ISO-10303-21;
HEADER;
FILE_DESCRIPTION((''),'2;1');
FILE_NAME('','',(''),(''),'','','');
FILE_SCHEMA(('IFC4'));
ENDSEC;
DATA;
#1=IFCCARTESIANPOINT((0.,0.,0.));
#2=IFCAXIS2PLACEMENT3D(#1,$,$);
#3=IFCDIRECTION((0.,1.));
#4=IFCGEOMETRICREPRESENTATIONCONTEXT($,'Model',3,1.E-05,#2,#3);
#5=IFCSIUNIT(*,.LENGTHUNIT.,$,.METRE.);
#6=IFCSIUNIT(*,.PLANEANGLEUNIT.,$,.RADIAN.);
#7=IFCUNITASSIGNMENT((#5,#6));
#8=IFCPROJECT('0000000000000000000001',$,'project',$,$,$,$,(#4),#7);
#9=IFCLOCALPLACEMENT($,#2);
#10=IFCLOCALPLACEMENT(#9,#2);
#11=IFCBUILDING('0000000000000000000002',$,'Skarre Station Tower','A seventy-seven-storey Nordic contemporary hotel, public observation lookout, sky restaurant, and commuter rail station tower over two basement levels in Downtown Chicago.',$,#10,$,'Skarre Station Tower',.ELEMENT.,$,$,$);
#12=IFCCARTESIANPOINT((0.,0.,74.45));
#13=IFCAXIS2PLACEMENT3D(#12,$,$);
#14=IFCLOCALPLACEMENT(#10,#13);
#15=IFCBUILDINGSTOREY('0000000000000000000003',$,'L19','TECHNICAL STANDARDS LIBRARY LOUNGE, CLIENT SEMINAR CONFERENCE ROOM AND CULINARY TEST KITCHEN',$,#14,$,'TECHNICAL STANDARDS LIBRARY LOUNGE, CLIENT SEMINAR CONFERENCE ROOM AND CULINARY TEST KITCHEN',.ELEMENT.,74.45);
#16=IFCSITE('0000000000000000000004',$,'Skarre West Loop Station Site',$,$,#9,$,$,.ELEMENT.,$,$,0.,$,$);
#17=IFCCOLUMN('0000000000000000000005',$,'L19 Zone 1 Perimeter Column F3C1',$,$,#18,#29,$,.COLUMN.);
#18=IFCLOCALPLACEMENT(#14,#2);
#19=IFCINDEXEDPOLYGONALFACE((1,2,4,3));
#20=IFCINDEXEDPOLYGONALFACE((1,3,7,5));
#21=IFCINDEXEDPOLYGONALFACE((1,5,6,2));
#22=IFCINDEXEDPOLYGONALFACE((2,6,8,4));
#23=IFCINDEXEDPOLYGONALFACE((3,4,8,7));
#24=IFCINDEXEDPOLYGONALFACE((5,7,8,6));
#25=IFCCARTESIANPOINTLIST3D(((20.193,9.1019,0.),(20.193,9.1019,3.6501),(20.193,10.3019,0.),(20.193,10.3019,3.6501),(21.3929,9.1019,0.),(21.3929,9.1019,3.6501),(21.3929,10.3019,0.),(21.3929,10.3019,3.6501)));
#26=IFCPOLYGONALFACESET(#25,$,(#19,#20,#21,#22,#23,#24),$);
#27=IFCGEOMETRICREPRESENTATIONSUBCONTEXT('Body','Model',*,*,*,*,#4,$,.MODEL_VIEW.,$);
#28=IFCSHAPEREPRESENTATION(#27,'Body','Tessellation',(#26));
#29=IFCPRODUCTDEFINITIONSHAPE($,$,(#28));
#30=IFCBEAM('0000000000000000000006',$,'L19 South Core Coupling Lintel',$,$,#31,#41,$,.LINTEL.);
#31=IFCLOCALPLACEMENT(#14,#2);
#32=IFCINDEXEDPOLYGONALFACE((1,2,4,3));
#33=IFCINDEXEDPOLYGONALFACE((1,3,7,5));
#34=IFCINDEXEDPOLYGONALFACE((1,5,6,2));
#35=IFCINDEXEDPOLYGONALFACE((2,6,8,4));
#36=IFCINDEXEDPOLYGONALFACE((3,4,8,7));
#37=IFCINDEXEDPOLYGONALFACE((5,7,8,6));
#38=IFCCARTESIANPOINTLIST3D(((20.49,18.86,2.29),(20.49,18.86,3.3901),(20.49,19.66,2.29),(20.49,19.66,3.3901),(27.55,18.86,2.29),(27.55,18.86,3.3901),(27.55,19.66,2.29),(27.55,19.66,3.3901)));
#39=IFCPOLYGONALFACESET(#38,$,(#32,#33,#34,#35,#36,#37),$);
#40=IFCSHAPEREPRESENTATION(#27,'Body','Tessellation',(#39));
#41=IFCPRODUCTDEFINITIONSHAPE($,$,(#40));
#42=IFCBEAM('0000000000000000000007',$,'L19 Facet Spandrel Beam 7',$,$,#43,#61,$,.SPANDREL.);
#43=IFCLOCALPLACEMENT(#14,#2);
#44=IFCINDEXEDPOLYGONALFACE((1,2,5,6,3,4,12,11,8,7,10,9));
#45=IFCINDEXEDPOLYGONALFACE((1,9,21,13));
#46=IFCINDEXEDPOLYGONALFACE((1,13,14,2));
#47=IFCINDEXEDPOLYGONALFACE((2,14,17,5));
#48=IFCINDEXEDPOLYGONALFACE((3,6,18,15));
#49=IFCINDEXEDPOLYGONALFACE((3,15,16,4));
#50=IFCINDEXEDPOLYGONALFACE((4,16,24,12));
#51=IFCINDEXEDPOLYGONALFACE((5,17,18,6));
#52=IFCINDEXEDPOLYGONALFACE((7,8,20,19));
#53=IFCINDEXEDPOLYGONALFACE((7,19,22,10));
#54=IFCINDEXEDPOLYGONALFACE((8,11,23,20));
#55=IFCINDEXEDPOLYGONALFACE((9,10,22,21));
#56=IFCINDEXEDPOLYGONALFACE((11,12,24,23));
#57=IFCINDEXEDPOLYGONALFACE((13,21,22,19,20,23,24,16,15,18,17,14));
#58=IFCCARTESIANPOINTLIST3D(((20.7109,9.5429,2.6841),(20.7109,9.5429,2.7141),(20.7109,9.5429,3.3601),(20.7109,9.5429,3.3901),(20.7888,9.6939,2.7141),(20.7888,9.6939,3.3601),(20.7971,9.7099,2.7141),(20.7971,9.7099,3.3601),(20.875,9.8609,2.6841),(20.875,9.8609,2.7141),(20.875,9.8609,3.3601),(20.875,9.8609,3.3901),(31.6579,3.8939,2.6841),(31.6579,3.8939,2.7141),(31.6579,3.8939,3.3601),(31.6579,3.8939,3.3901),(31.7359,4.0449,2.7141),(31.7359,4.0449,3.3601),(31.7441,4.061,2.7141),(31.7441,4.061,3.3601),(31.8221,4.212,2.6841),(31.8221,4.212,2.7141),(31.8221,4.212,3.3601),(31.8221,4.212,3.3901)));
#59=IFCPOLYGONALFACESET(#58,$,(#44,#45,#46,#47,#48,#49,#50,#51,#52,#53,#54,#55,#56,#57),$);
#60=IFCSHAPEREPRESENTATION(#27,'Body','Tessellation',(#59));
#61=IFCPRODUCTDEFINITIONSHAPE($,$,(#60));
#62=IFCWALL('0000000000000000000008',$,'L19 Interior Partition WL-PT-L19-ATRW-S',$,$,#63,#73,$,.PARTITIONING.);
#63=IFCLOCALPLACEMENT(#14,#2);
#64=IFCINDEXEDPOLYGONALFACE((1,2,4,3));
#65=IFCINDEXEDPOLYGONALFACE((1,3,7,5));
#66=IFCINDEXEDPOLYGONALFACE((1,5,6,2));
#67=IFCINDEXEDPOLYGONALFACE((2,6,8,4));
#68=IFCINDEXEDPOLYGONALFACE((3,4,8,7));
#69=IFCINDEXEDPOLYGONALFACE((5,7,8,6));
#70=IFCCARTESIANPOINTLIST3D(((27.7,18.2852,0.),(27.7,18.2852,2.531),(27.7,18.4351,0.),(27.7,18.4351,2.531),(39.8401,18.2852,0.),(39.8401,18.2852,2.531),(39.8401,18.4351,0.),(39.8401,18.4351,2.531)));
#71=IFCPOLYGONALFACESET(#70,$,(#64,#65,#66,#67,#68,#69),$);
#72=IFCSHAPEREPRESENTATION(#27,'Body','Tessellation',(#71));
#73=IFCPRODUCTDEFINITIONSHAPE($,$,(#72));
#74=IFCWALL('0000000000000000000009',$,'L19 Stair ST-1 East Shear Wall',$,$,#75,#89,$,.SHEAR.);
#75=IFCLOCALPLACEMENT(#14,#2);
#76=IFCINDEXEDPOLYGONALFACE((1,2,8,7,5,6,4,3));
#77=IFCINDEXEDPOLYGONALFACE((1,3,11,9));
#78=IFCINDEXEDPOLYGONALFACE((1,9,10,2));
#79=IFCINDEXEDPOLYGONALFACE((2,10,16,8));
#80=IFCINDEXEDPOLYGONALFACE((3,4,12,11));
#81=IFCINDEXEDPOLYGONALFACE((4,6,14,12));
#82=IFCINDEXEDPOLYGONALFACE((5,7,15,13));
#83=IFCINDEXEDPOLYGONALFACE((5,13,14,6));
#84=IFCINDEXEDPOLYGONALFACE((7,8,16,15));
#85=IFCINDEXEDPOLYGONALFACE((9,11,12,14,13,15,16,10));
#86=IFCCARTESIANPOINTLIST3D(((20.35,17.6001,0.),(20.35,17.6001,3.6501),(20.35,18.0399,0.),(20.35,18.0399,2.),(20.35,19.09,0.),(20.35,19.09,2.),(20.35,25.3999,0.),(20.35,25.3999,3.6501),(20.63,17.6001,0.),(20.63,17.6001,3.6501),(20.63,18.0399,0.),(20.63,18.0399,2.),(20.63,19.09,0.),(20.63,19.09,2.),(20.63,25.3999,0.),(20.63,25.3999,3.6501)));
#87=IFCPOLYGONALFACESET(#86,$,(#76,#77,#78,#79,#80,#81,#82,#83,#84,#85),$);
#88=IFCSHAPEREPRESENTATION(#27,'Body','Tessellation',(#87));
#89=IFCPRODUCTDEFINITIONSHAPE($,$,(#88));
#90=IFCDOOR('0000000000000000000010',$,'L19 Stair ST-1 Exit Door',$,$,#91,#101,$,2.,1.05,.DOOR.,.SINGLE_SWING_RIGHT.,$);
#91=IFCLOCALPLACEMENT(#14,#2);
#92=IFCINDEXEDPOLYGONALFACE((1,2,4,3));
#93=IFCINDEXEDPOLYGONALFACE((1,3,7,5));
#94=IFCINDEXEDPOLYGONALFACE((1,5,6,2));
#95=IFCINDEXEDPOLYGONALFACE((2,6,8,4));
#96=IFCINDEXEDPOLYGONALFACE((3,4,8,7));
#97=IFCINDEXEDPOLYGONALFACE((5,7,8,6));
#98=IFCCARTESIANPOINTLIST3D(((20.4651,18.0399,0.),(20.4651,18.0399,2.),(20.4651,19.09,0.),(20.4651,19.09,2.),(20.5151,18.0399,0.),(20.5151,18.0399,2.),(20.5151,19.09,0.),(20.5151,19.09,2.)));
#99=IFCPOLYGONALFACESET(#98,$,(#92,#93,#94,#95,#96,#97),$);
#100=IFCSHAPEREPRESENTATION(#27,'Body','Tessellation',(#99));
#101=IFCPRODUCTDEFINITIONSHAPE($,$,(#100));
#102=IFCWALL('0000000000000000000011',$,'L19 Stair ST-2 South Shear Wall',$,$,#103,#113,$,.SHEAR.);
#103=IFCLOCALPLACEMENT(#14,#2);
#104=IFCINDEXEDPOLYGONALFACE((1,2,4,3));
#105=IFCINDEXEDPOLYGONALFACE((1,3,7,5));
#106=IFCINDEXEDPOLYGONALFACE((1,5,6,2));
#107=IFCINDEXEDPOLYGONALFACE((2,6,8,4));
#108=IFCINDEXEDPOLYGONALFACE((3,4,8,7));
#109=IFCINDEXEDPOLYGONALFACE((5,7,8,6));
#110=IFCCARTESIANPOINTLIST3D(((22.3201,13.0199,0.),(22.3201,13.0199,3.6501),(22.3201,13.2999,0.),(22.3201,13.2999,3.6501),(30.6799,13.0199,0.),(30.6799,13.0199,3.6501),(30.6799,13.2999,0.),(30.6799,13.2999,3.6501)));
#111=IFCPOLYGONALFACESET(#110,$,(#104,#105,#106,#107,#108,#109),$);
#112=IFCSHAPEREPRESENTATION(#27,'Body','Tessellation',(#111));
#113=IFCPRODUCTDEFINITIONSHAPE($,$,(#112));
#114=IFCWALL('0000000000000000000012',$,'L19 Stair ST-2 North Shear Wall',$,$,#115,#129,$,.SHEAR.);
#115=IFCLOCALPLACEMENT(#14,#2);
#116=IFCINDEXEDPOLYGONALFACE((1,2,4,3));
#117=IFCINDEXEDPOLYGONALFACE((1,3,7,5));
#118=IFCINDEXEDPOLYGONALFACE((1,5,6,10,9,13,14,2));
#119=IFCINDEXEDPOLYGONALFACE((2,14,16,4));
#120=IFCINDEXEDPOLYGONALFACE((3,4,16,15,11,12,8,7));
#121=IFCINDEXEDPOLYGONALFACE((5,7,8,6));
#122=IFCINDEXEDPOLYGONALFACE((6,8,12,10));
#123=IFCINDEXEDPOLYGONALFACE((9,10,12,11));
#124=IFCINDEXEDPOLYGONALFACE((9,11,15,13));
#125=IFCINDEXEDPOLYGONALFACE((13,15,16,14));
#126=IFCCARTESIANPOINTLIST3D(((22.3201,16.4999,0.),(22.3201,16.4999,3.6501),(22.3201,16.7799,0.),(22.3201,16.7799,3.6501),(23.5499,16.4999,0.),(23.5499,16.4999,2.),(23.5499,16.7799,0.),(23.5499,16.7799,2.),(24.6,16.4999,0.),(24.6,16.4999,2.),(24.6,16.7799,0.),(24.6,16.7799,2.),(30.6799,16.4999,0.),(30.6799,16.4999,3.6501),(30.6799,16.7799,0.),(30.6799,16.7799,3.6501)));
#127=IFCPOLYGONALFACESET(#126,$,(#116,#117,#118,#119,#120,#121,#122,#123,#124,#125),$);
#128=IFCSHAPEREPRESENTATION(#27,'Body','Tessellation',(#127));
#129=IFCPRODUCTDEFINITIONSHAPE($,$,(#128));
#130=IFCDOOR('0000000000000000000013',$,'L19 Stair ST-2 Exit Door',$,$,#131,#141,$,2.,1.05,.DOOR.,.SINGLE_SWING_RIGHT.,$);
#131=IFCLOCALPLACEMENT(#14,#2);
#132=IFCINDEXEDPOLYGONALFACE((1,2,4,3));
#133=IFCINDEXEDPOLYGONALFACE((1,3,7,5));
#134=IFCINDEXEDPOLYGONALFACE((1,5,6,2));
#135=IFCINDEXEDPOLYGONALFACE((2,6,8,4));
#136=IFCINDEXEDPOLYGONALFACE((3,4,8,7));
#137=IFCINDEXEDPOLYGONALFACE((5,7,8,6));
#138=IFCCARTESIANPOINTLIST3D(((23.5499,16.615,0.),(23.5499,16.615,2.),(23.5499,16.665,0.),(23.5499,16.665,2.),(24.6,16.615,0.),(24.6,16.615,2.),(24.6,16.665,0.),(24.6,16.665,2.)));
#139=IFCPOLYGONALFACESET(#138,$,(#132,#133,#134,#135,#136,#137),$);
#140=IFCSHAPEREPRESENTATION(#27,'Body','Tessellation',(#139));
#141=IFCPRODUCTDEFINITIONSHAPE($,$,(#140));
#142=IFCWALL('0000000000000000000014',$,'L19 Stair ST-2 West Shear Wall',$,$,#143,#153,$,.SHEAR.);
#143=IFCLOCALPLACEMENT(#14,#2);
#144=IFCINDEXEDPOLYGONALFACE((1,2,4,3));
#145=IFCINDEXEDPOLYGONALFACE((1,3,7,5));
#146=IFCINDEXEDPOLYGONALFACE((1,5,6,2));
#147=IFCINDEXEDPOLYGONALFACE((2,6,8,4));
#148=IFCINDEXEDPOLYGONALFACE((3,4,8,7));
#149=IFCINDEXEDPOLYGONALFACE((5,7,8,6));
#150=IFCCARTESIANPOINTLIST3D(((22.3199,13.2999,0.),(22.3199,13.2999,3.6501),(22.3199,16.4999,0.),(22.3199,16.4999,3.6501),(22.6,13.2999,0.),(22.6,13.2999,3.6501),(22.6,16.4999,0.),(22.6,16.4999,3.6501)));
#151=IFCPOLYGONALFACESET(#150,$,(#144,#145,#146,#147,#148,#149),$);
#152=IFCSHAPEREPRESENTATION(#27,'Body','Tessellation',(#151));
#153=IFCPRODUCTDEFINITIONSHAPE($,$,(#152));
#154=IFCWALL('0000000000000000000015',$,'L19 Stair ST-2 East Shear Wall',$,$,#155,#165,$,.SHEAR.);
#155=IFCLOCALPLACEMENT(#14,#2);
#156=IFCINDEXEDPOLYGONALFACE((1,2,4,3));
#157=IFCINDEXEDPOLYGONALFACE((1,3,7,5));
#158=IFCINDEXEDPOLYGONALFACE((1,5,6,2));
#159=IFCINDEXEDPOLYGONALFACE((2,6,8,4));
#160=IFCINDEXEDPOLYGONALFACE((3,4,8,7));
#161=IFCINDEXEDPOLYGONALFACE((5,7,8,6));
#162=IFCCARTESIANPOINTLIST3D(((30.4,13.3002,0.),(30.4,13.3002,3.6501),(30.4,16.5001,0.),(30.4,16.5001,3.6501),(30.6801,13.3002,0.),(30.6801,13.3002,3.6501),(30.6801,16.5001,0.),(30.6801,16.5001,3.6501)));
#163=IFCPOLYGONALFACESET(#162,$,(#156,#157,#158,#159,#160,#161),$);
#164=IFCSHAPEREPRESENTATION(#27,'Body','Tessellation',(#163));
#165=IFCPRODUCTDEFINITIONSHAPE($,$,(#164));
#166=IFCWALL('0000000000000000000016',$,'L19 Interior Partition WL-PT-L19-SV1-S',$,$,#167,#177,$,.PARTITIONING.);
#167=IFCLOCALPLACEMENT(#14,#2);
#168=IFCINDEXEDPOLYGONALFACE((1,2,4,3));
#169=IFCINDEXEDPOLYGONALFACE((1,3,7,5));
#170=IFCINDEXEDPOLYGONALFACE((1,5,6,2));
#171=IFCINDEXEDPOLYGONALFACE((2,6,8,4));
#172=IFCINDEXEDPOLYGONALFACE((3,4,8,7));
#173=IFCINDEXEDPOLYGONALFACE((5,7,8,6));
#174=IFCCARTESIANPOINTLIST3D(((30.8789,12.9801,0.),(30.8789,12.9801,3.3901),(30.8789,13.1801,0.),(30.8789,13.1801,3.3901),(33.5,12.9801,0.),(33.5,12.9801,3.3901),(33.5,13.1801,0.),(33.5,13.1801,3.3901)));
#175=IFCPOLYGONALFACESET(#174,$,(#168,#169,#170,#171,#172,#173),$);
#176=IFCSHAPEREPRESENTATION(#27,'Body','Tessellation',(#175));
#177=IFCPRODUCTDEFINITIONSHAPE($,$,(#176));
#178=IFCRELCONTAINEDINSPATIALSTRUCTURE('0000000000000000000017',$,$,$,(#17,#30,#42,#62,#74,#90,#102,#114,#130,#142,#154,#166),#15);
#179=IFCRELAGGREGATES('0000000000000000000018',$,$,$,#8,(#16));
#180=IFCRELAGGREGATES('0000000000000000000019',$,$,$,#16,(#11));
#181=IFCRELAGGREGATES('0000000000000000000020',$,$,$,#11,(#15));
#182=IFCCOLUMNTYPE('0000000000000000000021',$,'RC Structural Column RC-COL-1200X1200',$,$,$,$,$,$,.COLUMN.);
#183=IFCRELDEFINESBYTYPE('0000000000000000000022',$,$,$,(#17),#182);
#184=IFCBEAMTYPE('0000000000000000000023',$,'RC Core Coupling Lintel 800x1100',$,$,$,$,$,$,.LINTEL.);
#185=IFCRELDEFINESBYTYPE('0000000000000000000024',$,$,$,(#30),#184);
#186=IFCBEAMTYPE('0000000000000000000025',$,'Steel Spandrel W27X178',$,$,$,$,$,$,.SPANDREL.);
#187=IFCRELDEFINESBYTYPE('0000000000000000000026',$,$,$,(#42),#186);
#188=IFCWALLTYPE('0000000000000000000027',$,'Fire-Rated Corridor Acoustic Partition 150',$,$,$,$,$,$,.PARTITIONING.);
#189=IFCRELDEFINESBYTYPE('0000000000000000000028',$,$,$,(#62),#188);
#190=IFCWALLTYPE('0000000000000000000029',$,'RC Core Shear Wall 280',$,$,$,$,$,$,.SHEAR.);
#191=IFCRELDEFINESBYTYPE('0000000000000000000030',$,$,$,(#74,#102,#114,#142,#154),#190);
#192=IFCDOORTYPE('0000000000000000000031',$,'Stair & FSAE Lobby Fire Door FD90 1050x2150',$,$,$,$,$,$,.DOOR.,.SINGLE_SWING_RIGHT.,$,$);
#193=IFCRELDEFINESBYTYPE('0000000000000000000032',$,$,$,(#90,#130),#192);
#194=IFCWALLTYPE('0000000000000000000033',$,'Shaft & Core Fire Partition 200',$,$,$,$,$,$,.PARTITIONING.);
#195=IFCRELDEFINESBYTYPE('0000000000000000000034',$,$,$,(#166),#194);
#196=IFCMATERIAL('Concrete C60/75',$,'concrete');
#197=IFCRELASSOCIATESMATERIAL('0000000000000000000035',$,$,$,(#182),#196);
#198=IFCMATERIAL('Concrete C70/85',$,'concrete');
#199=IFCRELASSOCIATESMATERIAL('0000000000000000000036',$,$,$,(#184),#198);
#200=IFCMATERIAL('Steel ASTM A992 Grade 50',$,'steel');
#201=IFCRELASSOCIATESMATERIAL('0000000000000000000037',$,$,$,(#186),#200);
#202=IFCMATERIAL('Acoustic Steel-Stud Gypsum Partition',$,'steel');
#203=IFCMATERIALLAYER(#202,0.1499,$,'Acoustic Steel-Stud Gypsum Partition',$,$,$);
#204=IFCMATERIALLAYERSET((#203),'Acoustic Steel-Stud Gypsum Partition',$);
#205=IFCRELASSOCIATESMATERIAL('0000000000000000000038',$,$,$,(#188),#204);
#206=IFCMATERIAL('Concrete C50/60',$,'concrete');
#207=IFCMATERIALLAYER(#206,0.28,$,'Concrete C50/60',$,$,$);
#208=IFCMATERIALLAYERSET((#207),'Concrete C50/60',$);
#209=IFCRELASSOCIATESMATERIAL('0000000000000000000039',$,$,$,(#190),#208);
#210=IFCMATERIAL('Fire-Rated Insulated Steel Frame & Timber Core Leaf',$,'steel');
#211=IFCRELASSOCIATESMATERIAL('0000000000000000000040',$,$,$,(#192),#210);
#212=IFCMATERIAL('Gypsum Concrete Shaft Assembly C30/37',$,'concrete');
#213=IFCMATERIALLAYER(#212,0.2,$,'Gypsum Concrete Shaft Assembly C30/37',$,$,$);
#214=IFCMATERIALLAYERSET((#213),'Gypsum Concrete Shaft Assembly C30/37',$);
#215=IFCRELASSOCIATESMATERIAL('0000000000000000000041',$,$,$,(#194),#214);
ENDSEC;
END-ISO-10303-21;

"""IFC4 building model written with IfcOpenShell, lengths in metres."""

from ifc_helpers import new_model, si_unit, direction, frame, frame_2d, origin, origin_2d, place, context, subcontext, project, spatial, rectangle, i_section, extrude, material, layer, layer_set, material_profile, profile_set, type_object, element, fill, save


model = new_model("IFC4")

# Units and contexts
model_context = context("Model", 3, precision=1e-05, world=origin(), true_north=direction((0.0, 1.0)))
body_context = subcontext(model_context, "Body", "Model", "MODEL_VIEW")
ifc_project = project(units=[si_unit("LENGTHUNIT", "METRE"), si_unit("PLANEANGLEUNIT", "RADIAN")], contexts=[model_context])

# Site, building, storey
site_placement = place(None, origin())
site = spatial("IfcSite", under=ifc_project, at=site_placement, Name="Skarre West Loop Station Site", CompositionType="ELEMENT", RefElevation=0.0)
building_placement = place(site_placement, origin())
building = spatial("IfcBuilding", under=site, at=building_placement, Name="Skarre Station Tower", Description="A seventy-seven-storey Nordic contemporary hotel, public observation lookout, sky restaurant, and commuter rail station tower over two basement levels in Downtown Chicago.", LongName="Skarre Station Tower", CompositionType="ELEMENT")
storey_placement = place(building_placement, frame((0.0, 0.0, 74.45)))
storey = spatial("IfcBuildingStorey", under=building, at=storey_placement, Name="L19", Description="TECHNICAL STANDARDS LIBRARY LOUNGE, CLIENT SEMINAR CONFERENCE ROOM AND CULINARY TEST KITCHEN", LongName="TECHNICAL STANDARDS LIBRARY LOUNGE, CLIENT SEMINAR CONFERENCE ROOM AND CULINARY TEST KITCHEN", CompositionType="ELEMENT", Elevation=74.45)

# Column
ifc_material_1 = material(Name="Concrete C60/75", Category="concrete")
ifc_material_profile_1 = material_profile(ifc_material_1, rectangle(XDim=1.2, YDim=1.2, at=origin_2d()), Name="Concrete C60/75")
ifc_profile_set_1 = profile_set([ifc_material_profile_1], Name="Concrete C60/75")
column_type = type_object("IfcColumnType", Name="RC Structural Column RC-COL-1200X1200", PredefinedType="COLUMN", material=ifc_profile_set_1)
column_placement = place(storey_placement, frame((20.793, 9.7019, 0.0), z_axis=(0.0, 0.0, 1.0), x_axis=(1.0, 0.0, 0.0)))
element("IfcColumn", 1, at=column_placement, inside=storey, type_object=column_type, Name="L19 Zone 1 Perimeter Column F3C1", PredefinedType="COLUMN", context=body_context, shape_type="SweptSolid", body=[
    extrude(rectangle(XDim=1.2, YDim=1.2, at=origin_2d()), origin(), (0.0, 0.0, 1.0), 3.6501),
])

# Beams
ifc_material_2 = material(Name="Concrete C70/85", Category="concrete")
ifc_material_profile_2 = material_profile(ifc_material_2, rectangle(XDim=0.8, YDim=1.1001, at=origin_2d()), Name="Concrete C70/85")
ifc_profile_set_2 = profile_set([ifc_material_profile_2], Name="Concrete C70/85")
beam_type_1 = type_object("IfcBeamType", Name="RC Core Coupling Lintel 800x1100", PredefinedType="LINTEL", material=ifc_profile_set_2)
beam_1_placement = place(storey_placement, frame((20.49, 19.26, 2.8401), z_axis=(1.0, 0.0, 0.0), x_axis=(0.0, 1.0, 0.0)))
element("IfcBeam", 2, at=beam_1_placement, inside=storey, type_object=beam_type_1, Name="L19 South Core Coupling Lintel", PredefinedType="LINTEL", context=body_context, shape_type="SweptSolid", body=[
    extrude(rectangle(XDim=0.8, YDim=1.1001, at=origin_2d()), origin(), (0.0, 0.0, 1.0), 7.0601),
])
ifc_material_3 = material(Name="Steel ASTM A992 Grade 50", Category="steel")
ifc_material_profile_3 = material_profile(ifc_material_3, i_section(OverallWidth=0.3579, OverallDepth=0.7061, WebThickness=0.0181, FlangeThickness=0.03, at=origin_2d()), Name="Steel ASTM A992 Grade 50")
ifc_profile_set_3 = profile_set([ifc_material_profile_3], Name="Steel ASTM A992 Grade 50")
beam_type_2 = type_object("IfcBeamType", Name="Steel Spandrel W27X178", PredefinedType="SPANDREL", material=ifc_profile_set_3)
beam_2_placement = place(storey_placement, frame((20.793, 9.7019, 3.0371), z_axis=(0.888659, -0.458569, 0.0), x_axis=(0.458569, 0.888659, 0.0)))
element("IfcBeam", 3, at=beam_2_placement, inside=storey, type_object=beam_type_2, Name="L19 Facet Spandrel Beam 7", PredefinedType="SPANDREL", context=body_context, shape_type="SweptSolid", body=[
    extrude(i_section(OverallWidth=0.3579, OverallDepth=0.7061, WebThickness=0.0181, FlangeThickness=0.03, at=origin_2d()), origin(), (0.0, 0.0, 1.0), 12.3186),
])

# Wall
ifc_material_4 = material(Name="Acoustic Steel-Stud Gypsum Partition", Category="steel")
ifc_layer_1 = layer(ifc_material_4, 0.1499, Name="Acoustic Steel-Stud Gypsum Partition")
ifc_layer_set_1 = layer_set([ifc_layer_1], Name="Acoustic Steel-Stud Gypsum Partition")
wall_type_1 = type_object("IfcWallType", Name="Fire-Rated Corridor Acoustic Partition 150", PredefinedType="PARTITIONING", material=ifc_layer_set_1)
wall_1_placement = place(storey_placement, frame((27.7, 18.3601, 0.0), z_axis=(0.0, 0.0, 1.0), x_axis=(1.0, 0.0, 0.0)))
element("IfcWall", 4, at=wall_1_placement, inside=storey, type_object=wall_type_1, Name="L19 Interior Partition WL-PT-L19-ATRW-S", PredefinedType="PARTITIONING", context=body_context, shape_type="SweptSolid", body=[
    extrude(rectangle(XDim=12.1401, YDim=0.1499, at=frame_2d((6.0701, 0.0))), origin(), (0.0, 0.0, 1.0), 2.531),
])

# Wall, opening, door
ifc_material_5 = material(Name="Concrete C50/60", Category="concrete")
ifc_layer_2 = layer(ifc_material_5, 0.28, Name="Concrete C50/60")
ifc_layer_set_2 = layer_set([ifc_layer_2], Name="Concrete C50/60")
wall_type_2 = type_object("IfcWallType", Name="RC Core Shear Wall 280", PredefinedType="SHEAR", material=ifc_layer_set_2)
wall_2_placement = place(storey_placement, frame((20.49, 17.6001, 0.0), z_axis=(0.0, 0.0, 1.0), x_axis=(0.0, 1.0, 0.0)))
wall_2 = element("IfcWall", 5, at=wall_2_placement, inside=storey, type_object=wall_type_2, Name="L19 Stair ST-1 East Shear Wall", PredefinedType="SHEAR", context=body_context, shape_type="SweptSolid", body=[
    extrude(rectangle(XDim=7.7998, YDim=0.28, at=frame_2d((3.8999, 0.0))), origin(), (0.0, 0.0, 1.0), 3.6501),
])
opening_1_placement = place(wall_2_placement, frame((0.4399, 0.0, 0.0)))
opening_1 = element("IfcOpeningElement", 6, at=opening_1_placement, cuts=wall_2, PredefinedType="OPENING", context=body_context, shape_type="SweptSolid", body=[
    extrude(rectangle(XDim=1.05, YDim=2.0, at=frame_2d((0.5249, 1.0))), frame((0.0, 0.1499, 0.0), z_axis=(0.0, -1.0, 0.0), x_axis=(1.0, 0.0, 0.0)), (0.0, 0.0, 1.0), 0.3),
])
ifc_material_6 = material(Name="Fire-Rated Insulated Steel Frame & Timber Core Leaf", Category="steel")
door_type = type_object("IfcDoorType", Name="Stair & FSAE Lobby Fire Door FD90 1050x2150", OperationType="SINGLE_SWING_RIGHT", PredefinedType="DOOR", material=ifc_material_6)
door_1_placement = place(opening_1_placement, origin())
door_1 = element("IfcDoor", 7, at=door_1_placement, inside=storey, type_object=door_type, Name="L19 Stair ST-1 Exit Door", OperationType="SINGLE_SWING_RIGHT", OverallHeight=2.0, OverallWidth=1.05, PredefinedType="DOOR", context=body_context, shape_type="SweptSolid", body=[
    extrude(rectangle(XDim=1.05, YDim=2.0, at=frame_2d((0.5249, 1.0))), frame((0.0, 0.0249, 0.0), z_axis=(0.0, -1.0, 0.0), x_axis=(1.0, 0.0, 0.0)), (0.0, 0.0, 1.0), 0.05),
])
fill(opening_1, door_1)

# Wall
wall_3_placement = place(storey_placement, frame((22.3201, 13.1599, 0.0), z_axis=(0.0, 0.0, 1.0), x_axis=(1.0, 0.0, 0.0)))
element("IfcWall", 8, at=wall_3_placement, inside=storey, type_object=wall_type_2, Name="L19 Stair ST-2 South Shear Wall", PredefinedType="SHEAR", context=body_context, shape_type="SweptSolid", body=[
    extrude(rectangle(XDim=8.3599, YDim=0.28, at=frame_2d((4.1799, 0.0))), origin(), (0.0, 0.0, 1.0), 3.6501),
])

# Wall, opening, door
wall_4_placement = place(storey_placement, frame((30.6799, 16.6399, 0.0), z_axis=(0.0, 0.0, 1.0), x_axis=(-1.0, 0.0, 0.0)))
wall_4 = element("IfcWall", 9, at=wall_4_placement, inside=storey, type_object=wall_type_2, Name="L19 Stair ST-2 North Shear Wall", PredefinedType="SHEAR", context=body_context, shape_type="SweptSolid", body=[
    extrude(rectangle(XDim=8.3599, YDim=0.28, at=frame_2d((4.1799, 0.0))), origin(), (0.0, 0.0, 1.0), 3.6501),
])
opening_2_placement = place(wall_4_placement, frame((6.0801, 0.0, 0.0)))
opening_2 = element("IfcOpeningElement", 10, at=opening_2_placement, cuts=wall_4, PredefinedType="OPENING", context=body_context, shape_type="SweptSolid", body=[
    extrude(rectangle(XDim=1.05, YDim=2.0, at=frame_2d((0.5249, 1.0))), frame((0.0, 0.1499, 0.0), z_axis=(0.0, -1.0, 0.0), x_axis=(1.0, 0.0, 0.0)), (0.0, 0.0, 1.0), 0.3),
])
door_2_placement = place(opening_2_placement, origin())
door_2 = element("IfcDoor", 11, at=door_2_placement, inside=storey, type_object=door_type, Name="L19 Stair ST-2 Exit Door", OperationType="SINGLE_SWING_RIGHT", OverallHeight=2.0, OverallWidth=1.05, PredefinedType="DOOR", context=body_context, shape_type="SweptSolid", body=[
    extrude(rectangle(XDim=1.05, YDim=2.0, at=frame_2d((0.5249, 1.0))), frame((0.0, 0.0249, 0.0), z_axis=(0.0, -1.0, 0.0), x_axis=(1.0, 0.0, 0.0)), (0.0, 0.0, 1.0), 0.05),
])
fill(opening_2, door_2)

# Walls
for number, where, z_axis, x_axis, name in (
    (12, (22.46, 16.5, 0.0), (0.0, 0.0, 1.0), (0.0, -1.0, 0.0), "L19 Stair ST-2 West Shear Wall"),
    (13, (30.54, 13.3, 0.0), (0.0, 0.0, 1.0), (0.0, 1.0, 0.0), "L19 Stair ST-2 East Shear Wall"),
):
    element("IfcWall", number, at=place(storey_placement, frame(where, z_axis=z_axis, x_axis=x_axis)), inside=storey, type_object=wall_type_2, Name=name, PredefinedType="SHEAR", context=body_context, shape_type="SweptSolid", body=[
        extrude(rectangle(XDim=3.2, YDim=0.28, at=frame_2d((1.6001, 0.0))), origin(), (0.0, 0.0, 1.0), 3.6501),
    ])
ifc_material_7 = material(Name="Gypsum Concrete Shaft Assembly C30/37", Category="concrete")
ifc_layer_3 = layer(ifc_material_7, 0.2, Name="Gypsum Concrete Shaft Assembly C30/37")
ifc_layer_set_3 = layer_set([ifc_layer_3], Name="Gypsum Concrete Shaft Assembly C30/37")
wall_type_3 = type_object("IfcWallType", Name="Shaft & Core Fire Partition 200", PredefinedType="PARTITIONING", material=ifc_layer_set_3)
wall_5_placement = place(storey_placement, frame((30.8789, 13.0801, 0.0), z_axis=(0.0, 0.0, 1.0), x_axis=(1.0, 0.0, 0.0)))
element("IfcWall", 14, at=wall_5_placement, inside=storey, type_object=wall_type_3, Name="L19 Interior Partition WL-PT-L19-SV1-S", PredefinedType="PARTITIONING", context=body_context, shape_type="SweptSolid", body=[
    extrude(rectangle(XDim=2.6211, YDim=0.2, at=frame_2d((1.3105, 0.0))), origin(), (0.0, 0.0, 1.0), 3.3901),
])

save(model, "model.ifc")
